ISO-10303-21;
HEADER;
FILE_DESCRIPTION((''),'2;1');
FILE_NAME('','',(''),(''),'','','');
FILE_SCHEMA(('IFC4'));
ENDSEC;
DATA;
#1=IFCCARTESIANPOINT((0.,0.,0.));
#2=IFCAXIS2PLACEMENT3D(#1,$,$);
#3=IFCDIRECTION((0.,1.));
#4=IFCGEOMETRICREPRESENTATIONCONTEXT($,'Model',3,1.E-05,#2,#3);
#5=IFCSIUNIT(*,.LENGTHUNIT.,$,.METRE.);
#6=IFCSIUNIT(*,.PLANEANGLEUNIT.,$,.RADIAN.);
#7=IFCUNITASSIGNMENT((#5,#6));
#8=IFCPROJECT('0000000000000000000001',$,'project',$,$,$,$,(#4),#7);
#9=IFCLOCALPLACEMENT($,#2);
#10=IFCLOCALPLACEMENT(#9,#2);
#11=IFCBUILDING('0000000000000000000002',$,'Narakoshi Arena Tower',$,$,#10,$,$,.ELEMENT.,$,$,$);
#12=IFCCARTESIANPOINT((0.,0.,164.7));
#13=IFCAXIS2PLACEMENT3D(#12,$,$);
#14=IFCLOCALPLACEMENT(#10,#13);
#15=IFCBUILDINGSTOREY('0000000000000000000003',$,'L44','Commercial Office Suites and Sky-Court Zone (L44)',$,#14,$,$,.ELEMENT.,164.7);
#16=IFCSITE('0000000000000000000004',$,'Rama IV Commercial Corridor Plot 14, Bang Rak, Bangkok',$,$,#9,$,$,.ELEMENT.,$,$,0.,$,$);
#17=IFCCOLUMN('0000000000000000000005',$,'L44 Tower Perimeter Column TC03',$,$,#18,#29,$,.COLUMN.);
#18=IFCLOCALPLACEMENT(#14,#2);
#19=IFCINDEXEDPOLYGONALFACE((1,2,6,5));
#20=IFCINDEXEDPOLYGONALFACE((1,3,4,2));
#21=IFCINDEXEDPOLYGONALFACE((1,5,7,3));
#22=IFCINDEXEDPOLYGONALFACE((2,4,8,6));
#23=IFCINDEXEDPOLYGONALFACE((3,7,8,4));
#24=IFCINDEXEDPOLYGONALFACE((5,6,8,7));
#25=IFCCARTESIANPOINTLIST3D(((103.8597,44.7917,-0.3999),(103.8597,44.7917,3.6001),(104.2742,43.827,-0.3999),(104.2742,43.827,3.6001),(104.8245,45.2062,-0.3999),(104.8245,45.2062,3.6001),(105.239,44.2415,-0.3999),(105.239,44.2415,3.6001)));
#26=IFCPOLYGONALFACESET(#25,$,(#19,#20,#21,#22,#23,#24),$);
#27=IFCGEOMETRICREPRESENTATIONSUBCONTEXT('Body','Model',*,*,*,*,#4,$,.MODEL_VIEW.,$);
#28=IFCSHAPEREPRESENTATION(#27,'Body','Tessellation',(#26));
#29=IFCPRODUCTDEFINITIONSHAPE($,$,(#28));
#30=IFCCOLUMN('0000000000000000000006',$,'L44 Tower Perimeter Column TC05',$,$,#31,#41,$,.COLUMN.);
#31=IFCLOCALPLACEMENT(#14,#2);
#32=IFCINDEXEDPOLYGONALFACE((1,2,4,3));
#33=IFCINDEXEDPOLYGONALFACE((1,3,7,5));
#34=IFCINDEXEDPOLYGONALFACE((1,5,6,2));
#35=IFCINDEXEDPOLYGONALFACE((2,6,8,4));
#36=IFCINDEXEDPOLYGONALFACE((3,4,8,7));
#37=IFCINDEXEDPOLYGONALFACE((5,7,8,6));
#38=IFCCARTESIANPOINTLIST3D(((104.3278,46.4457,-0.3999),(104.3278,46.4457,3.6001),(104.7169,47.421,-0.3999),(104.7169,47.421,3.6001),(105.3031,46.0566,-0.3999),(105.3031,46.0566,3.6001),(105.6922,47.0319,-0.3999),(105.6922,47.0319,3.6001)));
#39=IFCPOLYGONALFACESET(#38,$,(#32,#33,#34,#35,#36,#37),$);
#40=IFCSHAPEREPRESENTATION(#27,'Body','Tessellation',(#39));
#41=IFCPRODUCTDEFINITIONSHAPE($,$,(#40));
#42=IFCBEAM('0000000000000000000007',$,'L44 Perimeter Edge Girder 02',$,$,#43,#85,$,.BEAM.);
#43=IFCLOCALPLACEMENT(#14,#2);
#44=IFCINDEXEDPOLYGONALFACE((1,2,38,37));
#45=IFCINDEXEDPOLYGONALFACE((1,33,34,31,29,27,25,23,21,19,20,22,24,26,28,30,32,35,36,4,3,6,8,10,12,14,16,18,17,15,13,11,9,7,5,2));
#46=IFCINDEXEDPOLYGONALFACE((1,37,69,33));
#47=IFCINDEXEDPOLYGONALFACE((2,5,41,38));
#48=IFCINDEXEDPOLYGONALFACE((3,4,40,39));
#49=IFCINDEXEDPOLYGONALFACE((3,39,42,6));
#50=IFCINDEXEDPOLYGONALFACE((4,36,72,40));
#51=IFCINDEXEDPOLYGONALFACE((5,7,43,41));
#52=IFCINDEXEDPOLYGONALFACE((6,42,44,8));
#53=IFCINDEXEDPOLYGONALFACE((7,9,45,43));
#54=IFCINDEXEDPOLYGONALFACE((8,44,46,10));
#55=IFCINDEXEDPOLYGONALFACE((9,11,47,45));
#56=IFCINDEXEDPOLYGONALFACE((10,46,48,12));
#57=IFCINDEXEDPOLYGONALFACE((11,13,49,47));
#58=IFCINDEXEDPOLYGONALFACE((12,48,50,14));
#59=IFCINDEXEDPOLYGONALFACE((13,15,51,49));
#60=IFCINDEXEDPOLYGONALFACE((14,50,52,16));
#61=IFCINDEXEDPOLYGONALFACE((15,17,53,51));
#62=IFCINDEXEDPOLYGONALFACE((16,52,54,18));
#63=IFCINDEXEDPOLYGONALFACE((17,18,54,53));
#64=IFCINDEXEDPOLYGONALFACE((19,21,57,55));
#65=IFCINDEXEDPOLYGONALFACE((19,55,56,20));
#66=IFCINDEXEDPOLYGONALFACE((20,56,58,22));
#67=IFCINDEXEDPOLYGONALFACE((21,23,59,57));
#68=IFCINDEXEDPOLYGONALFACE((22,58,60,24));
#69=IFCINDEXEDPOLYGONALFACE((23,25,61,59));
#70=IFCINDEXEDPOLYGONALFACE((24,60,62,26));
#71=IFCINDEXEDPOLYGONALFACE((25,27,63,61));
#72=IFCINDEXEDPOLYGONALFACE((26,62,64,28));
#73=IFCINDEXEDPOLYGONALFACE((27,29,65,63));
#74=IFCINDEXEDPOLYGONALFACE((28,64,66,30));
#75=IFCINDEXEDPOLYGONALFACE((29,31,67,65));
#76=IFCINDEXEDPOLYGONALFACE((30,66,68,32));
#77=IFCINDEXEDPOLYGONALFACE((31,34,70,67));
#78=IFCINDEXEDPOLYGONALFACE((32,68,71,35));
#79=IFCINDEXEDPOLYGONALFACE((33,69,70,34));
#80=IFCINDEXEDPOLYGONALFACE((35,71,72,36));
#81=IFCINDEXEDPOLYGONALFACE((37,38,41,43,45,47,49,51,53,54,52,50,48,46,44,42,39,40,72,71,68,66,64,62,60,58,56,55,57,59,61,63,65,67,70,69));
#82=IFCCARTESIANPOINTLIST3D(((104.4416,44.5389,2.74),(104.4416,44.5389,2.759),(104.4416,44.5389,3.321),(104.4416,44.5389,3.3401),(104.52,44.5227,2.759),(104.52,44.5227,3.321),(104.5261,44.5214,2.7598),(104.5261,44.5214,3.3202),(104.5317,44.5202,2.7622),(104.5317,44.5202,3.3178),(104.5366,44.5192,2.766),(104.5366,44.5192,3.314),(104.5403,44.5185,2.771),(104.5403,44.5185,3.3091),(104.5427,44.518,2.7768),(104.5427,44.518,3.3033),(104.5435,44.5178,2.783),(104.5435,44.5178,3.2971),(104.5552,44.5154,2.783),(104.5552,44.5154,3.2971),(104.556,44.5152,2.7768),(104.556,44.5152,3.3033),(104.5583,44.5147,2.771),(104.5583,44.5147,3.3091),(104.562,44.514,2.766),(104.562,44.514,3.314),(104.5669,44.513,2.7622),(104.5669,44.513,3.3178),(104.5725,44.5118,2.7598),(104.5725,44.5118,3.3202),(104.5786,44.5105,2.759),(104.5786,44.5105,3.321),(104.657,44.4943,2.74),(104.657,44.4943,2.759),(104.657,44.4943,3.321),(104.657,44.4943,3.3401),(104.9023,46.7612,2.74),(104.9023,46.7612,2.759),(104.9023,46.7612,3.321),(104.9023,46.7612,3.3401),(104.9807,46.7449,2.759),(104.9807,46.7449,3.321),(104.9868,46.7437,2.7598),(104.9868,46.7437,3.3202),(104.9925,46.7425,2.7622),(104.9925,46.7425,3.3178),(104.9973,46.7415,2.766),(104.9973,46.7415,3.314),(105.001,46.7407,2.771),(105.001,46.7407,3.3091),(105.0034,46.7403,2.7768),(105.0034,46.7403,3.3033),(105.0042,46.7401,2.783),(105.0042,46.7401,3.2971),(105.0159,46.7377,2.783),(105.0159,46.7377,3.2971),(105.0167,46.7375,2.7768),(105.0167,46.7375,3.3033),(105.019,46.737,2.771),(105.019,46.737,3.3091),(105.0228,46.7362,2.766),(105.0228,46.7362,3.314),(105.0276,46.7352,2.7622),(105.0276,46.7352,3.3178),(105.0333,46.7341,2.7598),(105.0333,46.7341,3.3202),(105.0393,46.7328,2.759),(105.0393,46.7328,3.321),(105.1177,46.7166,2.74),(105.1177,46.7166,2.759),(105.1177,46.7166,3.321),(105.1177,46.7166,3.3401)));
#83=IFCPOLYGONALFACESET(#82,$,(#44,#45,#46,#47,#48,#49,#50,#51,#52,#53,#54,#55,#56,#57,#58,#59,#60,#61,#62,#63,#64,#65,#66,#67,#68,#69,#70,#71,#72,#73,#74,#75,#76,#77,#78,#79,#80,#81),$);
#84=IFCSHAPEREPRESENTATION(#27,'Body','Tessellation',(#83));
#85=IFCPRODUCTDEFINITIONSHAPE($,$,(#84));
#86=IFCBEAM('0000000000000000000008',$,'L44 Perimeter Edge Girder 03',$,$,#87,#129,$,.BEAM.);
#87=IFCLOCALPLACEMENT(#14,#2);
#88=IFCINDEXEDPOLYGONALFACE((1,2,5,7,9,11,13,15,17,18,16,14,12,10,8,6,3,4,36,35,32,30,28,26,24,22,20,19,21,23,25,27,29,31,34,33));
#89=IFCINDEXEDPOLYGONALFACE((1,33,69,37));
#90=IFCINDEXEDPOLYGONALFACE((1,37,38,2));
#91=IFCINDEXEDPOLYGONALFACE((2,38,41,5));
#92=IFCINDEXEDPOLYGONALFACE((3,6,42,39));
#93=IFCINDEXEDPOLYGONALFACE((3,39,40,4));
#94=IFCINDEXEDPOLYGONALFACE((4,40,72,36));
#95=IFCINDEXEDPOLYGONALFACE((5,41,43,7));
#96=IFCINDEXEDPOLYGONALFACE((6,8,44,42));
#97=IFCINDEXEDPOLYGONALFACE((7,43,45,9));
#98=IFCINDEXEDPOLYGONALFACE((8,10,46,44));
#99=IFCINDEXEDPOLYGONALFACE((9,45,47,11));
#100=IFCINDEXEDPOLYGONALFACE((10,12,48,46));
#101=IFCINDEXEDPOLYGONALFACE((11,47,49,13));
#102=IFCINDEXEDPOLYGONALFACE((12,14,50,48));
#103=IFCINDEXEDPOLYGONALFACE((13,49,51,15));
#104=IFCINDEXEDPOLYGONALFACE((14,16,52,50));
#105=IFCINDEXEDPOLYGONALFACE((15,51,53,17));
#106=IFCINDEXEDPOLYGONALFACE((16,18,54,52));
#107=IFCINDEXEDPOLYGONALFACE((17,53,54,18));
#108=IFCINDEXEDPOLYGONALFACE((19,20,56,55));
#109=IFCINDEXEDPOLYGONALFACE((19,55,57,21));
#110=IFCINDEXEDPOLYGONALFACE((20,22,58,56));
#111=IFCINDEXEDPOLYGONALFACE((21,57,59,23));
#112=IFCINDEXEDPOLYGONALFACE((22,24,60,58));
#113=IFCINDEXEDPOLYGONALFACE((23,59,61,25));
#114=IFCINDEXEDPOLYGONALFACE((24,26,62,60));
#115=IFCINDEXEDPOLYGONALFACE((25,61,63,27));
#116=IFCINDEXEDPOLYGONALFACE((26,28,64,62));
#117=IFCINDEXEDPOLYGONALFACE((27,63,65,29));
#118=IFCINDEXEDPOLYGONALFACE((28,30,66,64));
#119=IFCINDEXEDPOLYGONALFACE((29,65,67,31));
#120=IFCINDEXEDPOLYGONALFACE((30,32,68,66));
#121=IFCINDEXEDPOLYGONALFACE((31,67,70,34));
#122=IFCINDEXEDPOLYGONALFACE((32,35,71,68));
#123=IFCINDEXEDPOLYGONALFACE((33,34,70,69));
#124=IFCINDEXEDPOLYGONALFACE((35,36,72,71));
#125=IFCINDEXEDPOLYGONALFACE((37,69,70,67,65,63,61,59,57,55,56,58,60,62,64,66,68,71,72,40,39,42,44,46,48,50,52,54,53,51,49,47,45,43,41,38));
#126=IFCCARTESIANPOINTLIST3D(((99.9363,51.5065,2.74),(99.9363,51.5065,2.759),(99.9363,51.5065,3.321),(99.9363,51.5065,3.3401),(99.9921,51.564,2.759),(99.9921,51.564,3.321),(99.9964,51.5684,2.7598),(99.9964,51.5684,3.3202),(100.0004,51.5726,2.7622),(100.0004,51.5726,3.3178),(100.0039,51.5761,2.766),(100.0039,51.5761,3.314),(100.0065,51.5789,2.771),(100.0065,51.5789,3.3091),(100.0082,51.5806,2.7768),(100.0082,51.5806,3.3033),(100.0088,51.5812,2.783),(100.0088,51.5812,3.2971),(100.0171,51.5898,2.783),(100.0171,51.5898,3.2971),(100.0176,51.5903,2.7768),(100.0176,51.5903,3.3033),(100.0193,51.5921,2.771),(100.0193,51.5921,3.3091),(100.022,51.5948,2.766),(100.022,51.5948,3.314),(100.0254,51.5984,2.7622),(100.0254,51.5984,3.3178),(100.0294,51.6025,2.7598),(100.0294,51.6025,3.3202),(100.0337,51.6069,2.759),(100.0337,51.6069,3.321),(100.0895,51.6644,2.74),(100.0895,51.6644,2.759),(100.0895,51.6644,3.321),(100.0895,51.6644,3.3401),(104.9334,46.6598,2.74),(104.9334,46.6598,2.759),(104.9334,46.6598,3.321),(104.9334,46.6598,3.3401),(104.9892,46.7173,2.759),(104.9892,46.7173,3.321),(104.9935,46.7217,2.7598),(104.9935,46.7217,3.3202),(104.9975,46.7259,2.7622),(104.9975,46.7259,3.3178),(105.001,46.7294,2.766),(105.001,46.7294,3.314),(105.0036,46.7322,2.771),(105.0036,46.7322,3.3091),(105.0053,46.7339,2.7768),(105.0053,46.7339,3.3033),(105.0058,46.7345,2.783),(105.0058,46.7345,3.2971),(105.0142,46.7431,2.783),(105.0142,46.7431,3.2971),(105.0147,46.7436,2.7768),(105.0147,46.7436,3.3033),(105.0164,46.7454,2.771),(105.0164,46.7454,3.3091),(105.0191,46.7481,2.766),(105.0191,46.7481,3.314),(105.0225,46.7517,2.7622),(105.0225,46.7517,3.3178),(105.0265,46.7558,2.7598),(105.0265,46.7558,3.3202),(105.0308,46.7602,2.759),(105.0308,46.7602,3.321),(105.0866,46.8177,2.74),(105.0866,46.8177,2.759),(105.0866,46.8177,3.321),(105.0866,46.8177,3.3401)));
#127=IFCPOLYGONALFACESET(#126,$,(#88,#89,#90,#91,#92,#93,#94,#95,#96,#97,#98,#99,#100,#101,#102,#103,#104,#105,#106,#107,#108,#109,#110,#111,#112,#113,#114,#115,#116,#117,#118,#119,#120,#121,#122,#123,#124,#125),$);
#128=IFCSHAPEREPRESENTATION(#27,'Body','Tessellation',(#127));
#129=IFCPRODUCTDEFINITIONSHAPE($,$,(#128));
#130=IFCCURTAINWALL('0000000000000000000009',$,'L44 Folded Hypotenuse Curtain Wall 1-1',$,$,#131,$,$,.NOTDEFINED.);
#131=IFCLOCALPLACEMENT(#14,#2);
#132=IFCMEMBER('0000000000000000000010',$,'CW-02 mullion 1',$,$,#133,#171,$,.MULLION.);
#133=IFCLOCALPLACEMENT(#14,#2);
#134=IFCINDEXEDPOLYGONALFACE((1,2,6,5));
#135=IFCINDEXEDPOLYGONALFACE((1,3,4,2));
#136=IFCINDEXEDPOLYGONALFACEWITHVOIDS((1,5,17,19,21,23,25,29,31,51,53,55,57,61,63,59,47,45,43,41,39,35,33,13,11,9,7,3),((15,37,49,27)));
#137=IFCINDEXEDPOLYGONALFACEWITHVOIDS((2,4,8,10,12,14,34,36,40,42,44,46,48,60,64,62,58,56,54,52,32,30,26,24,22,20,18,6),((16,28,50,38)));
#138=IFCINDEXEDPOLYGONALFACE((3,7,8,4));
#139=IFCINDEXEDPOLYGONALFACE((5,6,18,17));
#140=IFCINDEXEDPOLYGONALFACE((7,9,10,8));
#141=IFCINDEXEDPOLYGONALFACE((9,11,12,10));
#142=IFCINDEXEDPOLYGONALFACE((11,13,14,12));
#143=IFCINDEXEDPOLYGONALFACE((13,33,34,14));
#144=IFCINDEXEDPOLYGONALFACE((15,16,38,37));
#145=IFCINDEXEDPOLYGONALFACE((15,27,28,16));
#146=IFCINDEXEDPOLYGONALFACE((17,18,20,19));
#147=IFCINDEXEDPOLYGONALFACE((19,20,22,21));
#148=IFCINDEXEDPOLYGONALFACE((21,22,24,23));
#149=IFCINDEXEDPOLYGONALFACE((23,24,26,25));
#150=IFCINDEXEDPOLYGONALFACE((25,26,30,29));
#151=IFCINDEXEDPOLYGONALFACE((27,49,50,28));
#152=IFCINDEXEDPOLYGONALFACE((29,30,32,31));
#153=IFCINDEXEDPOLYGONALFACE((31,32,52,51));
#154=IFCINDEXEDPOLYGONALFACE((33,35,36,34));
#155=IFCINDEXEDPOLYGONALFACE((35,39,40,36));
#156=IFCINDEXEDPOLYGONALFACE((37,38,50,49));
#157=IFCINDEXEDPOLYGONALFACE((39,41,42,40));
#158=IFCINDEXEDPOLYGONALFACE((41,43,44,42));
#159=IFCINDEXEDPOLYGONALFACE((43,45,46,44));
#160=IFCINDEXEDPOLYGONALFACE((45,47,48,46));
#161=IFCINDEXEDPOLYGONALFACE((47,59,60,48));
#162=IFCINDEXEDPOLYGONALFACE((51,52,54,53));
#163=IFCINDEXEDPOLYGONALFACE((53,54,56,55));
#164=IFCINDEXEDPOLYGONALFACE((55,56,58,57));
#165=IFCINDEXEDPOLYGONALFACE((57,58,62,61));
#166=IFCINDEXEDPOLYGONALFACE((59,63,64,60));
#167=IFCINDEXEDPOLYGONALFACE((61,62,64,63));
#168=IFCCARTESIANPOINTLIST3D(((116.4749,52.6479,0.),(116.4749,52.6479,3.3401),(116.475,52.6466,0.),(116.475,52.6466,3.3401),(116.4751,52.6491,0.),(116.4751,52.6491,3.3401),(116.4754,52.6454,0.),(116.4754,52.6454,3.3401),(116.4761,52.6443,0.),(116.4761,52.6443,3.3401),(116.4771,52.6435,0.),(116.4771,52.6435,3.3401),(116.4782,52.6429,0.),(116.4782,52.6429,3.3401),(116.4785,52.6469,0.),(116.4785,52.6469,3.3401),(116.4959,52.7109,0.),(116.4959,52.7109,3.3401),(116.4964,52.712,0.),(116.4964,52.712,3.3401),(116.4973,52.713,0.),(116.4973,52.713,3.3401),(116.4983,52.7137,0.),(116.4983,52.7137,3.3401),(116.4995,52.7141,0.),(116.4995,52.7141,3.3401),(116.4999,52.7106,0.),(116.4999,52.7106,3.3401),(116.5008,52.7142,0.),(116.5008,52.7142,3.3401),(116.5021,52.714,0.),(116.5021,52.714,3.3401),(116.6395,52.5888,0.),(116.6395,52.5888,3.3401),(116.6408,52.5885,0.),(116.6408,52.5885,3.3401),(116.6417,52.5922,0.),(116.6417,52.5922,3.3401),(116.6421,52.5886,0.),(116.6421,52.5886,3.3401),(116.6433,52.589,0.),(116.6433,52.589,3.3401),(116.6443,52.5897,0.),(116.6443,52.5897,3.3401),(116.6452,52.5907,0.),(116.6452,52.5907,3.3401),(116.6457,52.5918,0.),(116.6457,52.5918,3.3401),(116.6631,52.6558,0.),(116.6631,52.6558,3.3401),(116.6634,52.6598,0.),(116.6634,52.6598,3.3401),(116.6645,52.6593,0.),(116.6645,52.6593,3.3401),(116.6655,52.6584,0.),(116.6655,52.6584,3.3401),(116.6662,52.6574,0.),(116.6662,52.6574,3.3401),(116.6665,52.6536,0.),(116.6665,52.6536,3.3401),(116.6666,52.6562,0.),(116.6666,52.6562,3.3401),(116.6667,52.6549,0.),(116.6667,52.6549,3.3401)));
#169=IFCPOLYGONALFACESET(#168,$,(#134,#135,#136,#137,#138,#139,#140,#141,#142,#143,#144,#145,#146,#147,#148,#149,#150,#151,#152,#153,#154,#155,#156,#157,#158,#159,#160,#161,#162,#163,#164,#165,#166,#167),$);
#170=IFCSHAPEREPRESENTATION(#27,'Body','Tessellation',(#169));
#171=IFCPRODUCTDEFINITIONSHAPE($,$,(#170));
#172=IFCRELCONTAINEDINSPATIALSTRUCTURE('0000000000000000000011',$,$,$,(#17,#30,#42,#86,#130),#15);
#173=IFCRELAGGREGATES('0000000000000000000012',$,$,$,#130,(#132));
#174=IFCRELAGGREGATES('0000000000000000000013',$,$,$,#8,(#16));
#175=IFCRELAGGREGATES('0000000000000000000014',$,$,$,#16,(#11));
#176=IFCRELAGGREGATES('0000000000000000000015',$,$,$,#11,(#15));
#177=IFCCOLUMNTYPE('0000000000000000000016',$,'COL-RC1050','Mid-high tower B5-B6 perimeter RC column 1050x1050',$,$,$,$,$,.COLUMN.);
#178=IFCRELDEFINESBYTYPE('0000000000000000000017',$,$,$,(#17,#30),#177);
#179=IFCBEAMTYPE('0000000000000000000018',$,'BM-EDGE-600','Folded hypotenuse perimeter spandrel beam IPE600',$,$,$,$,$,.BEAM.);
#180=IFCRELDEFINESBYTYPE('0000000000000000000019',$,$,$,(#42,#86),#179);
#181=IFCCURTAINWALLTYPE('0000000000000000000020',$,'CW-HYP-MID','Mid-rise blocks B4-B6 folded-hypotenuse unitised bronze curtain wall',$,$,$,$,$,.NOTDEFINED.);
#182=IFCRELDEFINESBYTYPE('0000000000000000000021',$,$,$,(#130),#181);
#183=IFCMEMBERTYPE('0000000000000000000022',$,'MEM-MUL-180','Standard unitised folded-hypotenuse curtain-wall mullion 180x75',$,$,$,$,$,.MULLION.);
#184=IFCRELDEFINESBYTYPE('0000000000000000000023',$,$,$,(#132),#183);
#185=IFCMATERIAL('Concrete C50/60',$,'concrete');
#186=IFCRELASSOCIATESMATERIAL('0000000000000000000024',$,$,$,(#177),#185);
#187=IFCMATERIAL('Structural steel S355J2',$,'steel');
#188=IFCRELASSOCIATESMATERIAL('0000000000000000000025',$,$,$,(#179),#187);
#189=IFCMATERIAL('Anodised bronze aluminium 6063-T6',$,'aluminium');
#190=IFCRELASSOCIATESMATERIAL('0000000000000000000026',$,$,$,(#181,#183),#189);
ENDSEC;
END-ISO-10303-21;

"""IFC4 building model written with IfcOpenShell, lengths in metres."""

from ifc_helpers import new_model, si_unit, direction, frame, origin, origin_2d, place, context, subcontext, project, spatial, rectangle, hollow_rectangle, i_section, extrude, material, material_profile, profile_set, type_object, element, aggregate, save


model = new_model("IFC4")

# Units and contexts
model_context = context("Model", 3, precision=1e-05, world=origin(), true_north=direction((0.0, 1.0)))
body_context = subcontext(model_context, "Body", "Model", "MODEL_VIEW")
ifc_project = project(units=[si_unit("LENGTHUNIT", "METRE"), si_unit("PLANEANGLEUNIT", "RADIAN")], contexts=[model_context])

# Site, building, storey
site_placement = place(None, origin())
site = spatial("IfcSite", under=ifc_project, at=site_placement, Name="Rama IV Commercial Corridor Plot 14, Bang Rak, Bangkok", CompositionType="ELEMENT", RefElevation=0.0)
building_placement = place(site_placement, origin())
building = spatial("IfcBuilding", under=site, at=building_placement, Name="Narakoshi Arena Tower", CompositionType="ELEMENT")
storey_placement = place(building_placement, frame((0.0, 0.0, 164.7)))
storey = spatial("IfcBuildingStorey", under=building, at=storey_placement, Name="L44", Description="Commercial Office Suites and Sky-Court Zone (L44)", CompositionType="ELEMENT", Elevation=164.7)

# Columns
ifc_material_1 = material(Name="Concrete C50/60", Category="concrete")
ifc_material_profile_1 = material_profile(ifc_material_1, rectangle(XDim=1.05, YDim=1.05, at=origin_2d()), Name="RC1050x1050")
ifc_profile_set_1 = profile_set([ifc_material_profile_1], Name="Concrete C50/60")
column_type = type_object("IfcColumnType", Name="COL-RC1050", Description="Mid-high tower B5-B6 perimeter RC column 1050x1050", PredefinedType="COLUMN", material=ifc_profile_set_1)
for number, where, z_axis, x_axis, name in (
    (1, (104.5493, 44.5166, -0.3999), (0.0, 0.0, 1.0), (0.918791, 0.394744, 0.0), "L44 Tower Perimeter Column TC03"),
    (2, (105.01, 46.7388, -0.3999), (0.0, 0.0, 1.0), (0.370557, 0.92881, 0.0), "L44 Tower Perimeter Column TC05"),
):
    element("IfcColumn", number, at=place(storey_placement, frame(where, z_axis=z_axis, x_axis=x_axis)), inside=storey, type_object=column_type, Name=name, PredefinedType="COLUMN", context=body_context, shape_type="SweptSolid", body=[
        extrude(rectangle(XDim=1.05, YDim=1.05, at=origin_2d()), origin(), (0.0, 0.0, 1.0), 4.0),
    ])

# Beams
ifc_material_2 = material(Name="Structural steel S355J2", Category="steel")
ifc_material_profile_2 = material_profile(ifc_material_2, i_section(OverallWidth=0.22, OverallDepth=0.6001, WebThickness=0.012, FlangeThickness=0.019, FilletRadius=0.0239, at=origin_2d()), Name="IPE600")
ifc_profile_set_2 = profile_set([ifc_material_profile_2], Name="Structural steel S355J2")
beam_type = type_object("IfcBeamType", Name="BM-EDGE-600", Description="Folded hypotenuse perimeter spandrel beam IPE600", PredefinedType="BEAM", material=ifc_profile_set_2)
beam_1_placement = place(storey_placement, frame((104.5493, 44.5166, 3.04), z_axis=(0.203, 0.979179, 0.0), x_axis=(-0.979179, 0.203, 0.0)))
element("IfcBeam", 3, at=beam_1_placement, inside=storey, type_object=beam_type, Name="L44 Perimeter Edge Girder 02", PredefinedType="BEAM", context=body_context, shape_type="SweptSolid", body=[
    extrude(i_section(OverallWidth=0.22, OverallDepth=0.6001, WebThickness=0.012, FlangeThickness=0.019, FilletRadius=0.0239, at=origin_2d()), origin(), (0.0, 0.0, 1.0), 2.2695),
])
beam_2_placement = place(storey_placement, frame((105.01, 46.7388, 3.04), z_axis=(-0.717826, 0.696223, 0.0), x_axis=(-0.696223, -0.717826, 0.0)))
element("IfcBeam", 4, at=beam_2_placement, inside=storey, type_object=beam_type, Name="L44 Perimeter Edge Girder 03", PredefinedType="BEAM", context=body_context, shape_type="SweptSolid", body=[
    extrude(i_section(OverallWidth=0.22, OverallDepth=0.6001, WebThickness=0.012, FlangeThickness=0.019, FilletRadius=0.0239, at=origin_2d()), origin(), (0.0, 0.0, 1.0), 6.9614),
])

# Curtain wall, member
ifc_material_3 = material(Name="Anodised bronze aluminium 6063-T6", Category="aluminium")
curtain_wall_type = type_object("IfcCurtainWallType", Name="CW-HYP-MID", Description="Mid-rise blocks B4-B6 folded-hypotenuse unitised bronze curtain wall", PredefinedType="NOTDEFINED", material=ifc_material_3)
curtain_wall_placement = place(storey_placement, origin())
curtain_wall = element("IfcCurtainWall", 5, at=curtain_wall_placement, inside=storey, type_object=curtain_wall_type, Name="L44 Folded Hypotenuse Curtain Wall 1-1", PredefinedType="NOTDEFINED")
ifc_material_profile_3 = material_profile(ifc_material_3, hollow_rectangle(XDim=0.075, YDim=0.1799, WallThickness=0.0039, OuterFilletRadius=0.0049, at=origin_2d()), Name="MUL180x75x4")
ifc_profile_set_3 = profile_set([ifc_material_profile_3], Name="Anodised bronze aluminium 6063-T6")
member_type_1 = type_object("IfcMemberType", Name="MEM-MUL-180", Description="Standard unitised folded-hypotenuse curtain-wall mullion 180x75", PredefinedType="MULLION", material=ifc_profile_set_3)
member_1_placement = place(storey_placement, frame((116.5708, 52.6514, 0.0), z_axis=(0.0, 0.0, 1.0), x_axis=(-0.318261, -0.948003, 0.0)))
member_1 = element("IfcMember", 6, at=member_1_placement, type_object=member_type_1, Name="CW-02 mullion 1", PredefinedType="MULLION", context=body_context, shape_type="SweptSolid", body=[
    extrude(hollow_rectangle(XDim=0.075, YDim=0.1799, WallThickness=0.0039, OuterFilletRadius=0.0049, at=origin_2d()), origin(), (0.0, 0.0, 1.0), 3.3401),
])
aggregate(curtain_wall, [member_1])

save(model, "model.ifc")
